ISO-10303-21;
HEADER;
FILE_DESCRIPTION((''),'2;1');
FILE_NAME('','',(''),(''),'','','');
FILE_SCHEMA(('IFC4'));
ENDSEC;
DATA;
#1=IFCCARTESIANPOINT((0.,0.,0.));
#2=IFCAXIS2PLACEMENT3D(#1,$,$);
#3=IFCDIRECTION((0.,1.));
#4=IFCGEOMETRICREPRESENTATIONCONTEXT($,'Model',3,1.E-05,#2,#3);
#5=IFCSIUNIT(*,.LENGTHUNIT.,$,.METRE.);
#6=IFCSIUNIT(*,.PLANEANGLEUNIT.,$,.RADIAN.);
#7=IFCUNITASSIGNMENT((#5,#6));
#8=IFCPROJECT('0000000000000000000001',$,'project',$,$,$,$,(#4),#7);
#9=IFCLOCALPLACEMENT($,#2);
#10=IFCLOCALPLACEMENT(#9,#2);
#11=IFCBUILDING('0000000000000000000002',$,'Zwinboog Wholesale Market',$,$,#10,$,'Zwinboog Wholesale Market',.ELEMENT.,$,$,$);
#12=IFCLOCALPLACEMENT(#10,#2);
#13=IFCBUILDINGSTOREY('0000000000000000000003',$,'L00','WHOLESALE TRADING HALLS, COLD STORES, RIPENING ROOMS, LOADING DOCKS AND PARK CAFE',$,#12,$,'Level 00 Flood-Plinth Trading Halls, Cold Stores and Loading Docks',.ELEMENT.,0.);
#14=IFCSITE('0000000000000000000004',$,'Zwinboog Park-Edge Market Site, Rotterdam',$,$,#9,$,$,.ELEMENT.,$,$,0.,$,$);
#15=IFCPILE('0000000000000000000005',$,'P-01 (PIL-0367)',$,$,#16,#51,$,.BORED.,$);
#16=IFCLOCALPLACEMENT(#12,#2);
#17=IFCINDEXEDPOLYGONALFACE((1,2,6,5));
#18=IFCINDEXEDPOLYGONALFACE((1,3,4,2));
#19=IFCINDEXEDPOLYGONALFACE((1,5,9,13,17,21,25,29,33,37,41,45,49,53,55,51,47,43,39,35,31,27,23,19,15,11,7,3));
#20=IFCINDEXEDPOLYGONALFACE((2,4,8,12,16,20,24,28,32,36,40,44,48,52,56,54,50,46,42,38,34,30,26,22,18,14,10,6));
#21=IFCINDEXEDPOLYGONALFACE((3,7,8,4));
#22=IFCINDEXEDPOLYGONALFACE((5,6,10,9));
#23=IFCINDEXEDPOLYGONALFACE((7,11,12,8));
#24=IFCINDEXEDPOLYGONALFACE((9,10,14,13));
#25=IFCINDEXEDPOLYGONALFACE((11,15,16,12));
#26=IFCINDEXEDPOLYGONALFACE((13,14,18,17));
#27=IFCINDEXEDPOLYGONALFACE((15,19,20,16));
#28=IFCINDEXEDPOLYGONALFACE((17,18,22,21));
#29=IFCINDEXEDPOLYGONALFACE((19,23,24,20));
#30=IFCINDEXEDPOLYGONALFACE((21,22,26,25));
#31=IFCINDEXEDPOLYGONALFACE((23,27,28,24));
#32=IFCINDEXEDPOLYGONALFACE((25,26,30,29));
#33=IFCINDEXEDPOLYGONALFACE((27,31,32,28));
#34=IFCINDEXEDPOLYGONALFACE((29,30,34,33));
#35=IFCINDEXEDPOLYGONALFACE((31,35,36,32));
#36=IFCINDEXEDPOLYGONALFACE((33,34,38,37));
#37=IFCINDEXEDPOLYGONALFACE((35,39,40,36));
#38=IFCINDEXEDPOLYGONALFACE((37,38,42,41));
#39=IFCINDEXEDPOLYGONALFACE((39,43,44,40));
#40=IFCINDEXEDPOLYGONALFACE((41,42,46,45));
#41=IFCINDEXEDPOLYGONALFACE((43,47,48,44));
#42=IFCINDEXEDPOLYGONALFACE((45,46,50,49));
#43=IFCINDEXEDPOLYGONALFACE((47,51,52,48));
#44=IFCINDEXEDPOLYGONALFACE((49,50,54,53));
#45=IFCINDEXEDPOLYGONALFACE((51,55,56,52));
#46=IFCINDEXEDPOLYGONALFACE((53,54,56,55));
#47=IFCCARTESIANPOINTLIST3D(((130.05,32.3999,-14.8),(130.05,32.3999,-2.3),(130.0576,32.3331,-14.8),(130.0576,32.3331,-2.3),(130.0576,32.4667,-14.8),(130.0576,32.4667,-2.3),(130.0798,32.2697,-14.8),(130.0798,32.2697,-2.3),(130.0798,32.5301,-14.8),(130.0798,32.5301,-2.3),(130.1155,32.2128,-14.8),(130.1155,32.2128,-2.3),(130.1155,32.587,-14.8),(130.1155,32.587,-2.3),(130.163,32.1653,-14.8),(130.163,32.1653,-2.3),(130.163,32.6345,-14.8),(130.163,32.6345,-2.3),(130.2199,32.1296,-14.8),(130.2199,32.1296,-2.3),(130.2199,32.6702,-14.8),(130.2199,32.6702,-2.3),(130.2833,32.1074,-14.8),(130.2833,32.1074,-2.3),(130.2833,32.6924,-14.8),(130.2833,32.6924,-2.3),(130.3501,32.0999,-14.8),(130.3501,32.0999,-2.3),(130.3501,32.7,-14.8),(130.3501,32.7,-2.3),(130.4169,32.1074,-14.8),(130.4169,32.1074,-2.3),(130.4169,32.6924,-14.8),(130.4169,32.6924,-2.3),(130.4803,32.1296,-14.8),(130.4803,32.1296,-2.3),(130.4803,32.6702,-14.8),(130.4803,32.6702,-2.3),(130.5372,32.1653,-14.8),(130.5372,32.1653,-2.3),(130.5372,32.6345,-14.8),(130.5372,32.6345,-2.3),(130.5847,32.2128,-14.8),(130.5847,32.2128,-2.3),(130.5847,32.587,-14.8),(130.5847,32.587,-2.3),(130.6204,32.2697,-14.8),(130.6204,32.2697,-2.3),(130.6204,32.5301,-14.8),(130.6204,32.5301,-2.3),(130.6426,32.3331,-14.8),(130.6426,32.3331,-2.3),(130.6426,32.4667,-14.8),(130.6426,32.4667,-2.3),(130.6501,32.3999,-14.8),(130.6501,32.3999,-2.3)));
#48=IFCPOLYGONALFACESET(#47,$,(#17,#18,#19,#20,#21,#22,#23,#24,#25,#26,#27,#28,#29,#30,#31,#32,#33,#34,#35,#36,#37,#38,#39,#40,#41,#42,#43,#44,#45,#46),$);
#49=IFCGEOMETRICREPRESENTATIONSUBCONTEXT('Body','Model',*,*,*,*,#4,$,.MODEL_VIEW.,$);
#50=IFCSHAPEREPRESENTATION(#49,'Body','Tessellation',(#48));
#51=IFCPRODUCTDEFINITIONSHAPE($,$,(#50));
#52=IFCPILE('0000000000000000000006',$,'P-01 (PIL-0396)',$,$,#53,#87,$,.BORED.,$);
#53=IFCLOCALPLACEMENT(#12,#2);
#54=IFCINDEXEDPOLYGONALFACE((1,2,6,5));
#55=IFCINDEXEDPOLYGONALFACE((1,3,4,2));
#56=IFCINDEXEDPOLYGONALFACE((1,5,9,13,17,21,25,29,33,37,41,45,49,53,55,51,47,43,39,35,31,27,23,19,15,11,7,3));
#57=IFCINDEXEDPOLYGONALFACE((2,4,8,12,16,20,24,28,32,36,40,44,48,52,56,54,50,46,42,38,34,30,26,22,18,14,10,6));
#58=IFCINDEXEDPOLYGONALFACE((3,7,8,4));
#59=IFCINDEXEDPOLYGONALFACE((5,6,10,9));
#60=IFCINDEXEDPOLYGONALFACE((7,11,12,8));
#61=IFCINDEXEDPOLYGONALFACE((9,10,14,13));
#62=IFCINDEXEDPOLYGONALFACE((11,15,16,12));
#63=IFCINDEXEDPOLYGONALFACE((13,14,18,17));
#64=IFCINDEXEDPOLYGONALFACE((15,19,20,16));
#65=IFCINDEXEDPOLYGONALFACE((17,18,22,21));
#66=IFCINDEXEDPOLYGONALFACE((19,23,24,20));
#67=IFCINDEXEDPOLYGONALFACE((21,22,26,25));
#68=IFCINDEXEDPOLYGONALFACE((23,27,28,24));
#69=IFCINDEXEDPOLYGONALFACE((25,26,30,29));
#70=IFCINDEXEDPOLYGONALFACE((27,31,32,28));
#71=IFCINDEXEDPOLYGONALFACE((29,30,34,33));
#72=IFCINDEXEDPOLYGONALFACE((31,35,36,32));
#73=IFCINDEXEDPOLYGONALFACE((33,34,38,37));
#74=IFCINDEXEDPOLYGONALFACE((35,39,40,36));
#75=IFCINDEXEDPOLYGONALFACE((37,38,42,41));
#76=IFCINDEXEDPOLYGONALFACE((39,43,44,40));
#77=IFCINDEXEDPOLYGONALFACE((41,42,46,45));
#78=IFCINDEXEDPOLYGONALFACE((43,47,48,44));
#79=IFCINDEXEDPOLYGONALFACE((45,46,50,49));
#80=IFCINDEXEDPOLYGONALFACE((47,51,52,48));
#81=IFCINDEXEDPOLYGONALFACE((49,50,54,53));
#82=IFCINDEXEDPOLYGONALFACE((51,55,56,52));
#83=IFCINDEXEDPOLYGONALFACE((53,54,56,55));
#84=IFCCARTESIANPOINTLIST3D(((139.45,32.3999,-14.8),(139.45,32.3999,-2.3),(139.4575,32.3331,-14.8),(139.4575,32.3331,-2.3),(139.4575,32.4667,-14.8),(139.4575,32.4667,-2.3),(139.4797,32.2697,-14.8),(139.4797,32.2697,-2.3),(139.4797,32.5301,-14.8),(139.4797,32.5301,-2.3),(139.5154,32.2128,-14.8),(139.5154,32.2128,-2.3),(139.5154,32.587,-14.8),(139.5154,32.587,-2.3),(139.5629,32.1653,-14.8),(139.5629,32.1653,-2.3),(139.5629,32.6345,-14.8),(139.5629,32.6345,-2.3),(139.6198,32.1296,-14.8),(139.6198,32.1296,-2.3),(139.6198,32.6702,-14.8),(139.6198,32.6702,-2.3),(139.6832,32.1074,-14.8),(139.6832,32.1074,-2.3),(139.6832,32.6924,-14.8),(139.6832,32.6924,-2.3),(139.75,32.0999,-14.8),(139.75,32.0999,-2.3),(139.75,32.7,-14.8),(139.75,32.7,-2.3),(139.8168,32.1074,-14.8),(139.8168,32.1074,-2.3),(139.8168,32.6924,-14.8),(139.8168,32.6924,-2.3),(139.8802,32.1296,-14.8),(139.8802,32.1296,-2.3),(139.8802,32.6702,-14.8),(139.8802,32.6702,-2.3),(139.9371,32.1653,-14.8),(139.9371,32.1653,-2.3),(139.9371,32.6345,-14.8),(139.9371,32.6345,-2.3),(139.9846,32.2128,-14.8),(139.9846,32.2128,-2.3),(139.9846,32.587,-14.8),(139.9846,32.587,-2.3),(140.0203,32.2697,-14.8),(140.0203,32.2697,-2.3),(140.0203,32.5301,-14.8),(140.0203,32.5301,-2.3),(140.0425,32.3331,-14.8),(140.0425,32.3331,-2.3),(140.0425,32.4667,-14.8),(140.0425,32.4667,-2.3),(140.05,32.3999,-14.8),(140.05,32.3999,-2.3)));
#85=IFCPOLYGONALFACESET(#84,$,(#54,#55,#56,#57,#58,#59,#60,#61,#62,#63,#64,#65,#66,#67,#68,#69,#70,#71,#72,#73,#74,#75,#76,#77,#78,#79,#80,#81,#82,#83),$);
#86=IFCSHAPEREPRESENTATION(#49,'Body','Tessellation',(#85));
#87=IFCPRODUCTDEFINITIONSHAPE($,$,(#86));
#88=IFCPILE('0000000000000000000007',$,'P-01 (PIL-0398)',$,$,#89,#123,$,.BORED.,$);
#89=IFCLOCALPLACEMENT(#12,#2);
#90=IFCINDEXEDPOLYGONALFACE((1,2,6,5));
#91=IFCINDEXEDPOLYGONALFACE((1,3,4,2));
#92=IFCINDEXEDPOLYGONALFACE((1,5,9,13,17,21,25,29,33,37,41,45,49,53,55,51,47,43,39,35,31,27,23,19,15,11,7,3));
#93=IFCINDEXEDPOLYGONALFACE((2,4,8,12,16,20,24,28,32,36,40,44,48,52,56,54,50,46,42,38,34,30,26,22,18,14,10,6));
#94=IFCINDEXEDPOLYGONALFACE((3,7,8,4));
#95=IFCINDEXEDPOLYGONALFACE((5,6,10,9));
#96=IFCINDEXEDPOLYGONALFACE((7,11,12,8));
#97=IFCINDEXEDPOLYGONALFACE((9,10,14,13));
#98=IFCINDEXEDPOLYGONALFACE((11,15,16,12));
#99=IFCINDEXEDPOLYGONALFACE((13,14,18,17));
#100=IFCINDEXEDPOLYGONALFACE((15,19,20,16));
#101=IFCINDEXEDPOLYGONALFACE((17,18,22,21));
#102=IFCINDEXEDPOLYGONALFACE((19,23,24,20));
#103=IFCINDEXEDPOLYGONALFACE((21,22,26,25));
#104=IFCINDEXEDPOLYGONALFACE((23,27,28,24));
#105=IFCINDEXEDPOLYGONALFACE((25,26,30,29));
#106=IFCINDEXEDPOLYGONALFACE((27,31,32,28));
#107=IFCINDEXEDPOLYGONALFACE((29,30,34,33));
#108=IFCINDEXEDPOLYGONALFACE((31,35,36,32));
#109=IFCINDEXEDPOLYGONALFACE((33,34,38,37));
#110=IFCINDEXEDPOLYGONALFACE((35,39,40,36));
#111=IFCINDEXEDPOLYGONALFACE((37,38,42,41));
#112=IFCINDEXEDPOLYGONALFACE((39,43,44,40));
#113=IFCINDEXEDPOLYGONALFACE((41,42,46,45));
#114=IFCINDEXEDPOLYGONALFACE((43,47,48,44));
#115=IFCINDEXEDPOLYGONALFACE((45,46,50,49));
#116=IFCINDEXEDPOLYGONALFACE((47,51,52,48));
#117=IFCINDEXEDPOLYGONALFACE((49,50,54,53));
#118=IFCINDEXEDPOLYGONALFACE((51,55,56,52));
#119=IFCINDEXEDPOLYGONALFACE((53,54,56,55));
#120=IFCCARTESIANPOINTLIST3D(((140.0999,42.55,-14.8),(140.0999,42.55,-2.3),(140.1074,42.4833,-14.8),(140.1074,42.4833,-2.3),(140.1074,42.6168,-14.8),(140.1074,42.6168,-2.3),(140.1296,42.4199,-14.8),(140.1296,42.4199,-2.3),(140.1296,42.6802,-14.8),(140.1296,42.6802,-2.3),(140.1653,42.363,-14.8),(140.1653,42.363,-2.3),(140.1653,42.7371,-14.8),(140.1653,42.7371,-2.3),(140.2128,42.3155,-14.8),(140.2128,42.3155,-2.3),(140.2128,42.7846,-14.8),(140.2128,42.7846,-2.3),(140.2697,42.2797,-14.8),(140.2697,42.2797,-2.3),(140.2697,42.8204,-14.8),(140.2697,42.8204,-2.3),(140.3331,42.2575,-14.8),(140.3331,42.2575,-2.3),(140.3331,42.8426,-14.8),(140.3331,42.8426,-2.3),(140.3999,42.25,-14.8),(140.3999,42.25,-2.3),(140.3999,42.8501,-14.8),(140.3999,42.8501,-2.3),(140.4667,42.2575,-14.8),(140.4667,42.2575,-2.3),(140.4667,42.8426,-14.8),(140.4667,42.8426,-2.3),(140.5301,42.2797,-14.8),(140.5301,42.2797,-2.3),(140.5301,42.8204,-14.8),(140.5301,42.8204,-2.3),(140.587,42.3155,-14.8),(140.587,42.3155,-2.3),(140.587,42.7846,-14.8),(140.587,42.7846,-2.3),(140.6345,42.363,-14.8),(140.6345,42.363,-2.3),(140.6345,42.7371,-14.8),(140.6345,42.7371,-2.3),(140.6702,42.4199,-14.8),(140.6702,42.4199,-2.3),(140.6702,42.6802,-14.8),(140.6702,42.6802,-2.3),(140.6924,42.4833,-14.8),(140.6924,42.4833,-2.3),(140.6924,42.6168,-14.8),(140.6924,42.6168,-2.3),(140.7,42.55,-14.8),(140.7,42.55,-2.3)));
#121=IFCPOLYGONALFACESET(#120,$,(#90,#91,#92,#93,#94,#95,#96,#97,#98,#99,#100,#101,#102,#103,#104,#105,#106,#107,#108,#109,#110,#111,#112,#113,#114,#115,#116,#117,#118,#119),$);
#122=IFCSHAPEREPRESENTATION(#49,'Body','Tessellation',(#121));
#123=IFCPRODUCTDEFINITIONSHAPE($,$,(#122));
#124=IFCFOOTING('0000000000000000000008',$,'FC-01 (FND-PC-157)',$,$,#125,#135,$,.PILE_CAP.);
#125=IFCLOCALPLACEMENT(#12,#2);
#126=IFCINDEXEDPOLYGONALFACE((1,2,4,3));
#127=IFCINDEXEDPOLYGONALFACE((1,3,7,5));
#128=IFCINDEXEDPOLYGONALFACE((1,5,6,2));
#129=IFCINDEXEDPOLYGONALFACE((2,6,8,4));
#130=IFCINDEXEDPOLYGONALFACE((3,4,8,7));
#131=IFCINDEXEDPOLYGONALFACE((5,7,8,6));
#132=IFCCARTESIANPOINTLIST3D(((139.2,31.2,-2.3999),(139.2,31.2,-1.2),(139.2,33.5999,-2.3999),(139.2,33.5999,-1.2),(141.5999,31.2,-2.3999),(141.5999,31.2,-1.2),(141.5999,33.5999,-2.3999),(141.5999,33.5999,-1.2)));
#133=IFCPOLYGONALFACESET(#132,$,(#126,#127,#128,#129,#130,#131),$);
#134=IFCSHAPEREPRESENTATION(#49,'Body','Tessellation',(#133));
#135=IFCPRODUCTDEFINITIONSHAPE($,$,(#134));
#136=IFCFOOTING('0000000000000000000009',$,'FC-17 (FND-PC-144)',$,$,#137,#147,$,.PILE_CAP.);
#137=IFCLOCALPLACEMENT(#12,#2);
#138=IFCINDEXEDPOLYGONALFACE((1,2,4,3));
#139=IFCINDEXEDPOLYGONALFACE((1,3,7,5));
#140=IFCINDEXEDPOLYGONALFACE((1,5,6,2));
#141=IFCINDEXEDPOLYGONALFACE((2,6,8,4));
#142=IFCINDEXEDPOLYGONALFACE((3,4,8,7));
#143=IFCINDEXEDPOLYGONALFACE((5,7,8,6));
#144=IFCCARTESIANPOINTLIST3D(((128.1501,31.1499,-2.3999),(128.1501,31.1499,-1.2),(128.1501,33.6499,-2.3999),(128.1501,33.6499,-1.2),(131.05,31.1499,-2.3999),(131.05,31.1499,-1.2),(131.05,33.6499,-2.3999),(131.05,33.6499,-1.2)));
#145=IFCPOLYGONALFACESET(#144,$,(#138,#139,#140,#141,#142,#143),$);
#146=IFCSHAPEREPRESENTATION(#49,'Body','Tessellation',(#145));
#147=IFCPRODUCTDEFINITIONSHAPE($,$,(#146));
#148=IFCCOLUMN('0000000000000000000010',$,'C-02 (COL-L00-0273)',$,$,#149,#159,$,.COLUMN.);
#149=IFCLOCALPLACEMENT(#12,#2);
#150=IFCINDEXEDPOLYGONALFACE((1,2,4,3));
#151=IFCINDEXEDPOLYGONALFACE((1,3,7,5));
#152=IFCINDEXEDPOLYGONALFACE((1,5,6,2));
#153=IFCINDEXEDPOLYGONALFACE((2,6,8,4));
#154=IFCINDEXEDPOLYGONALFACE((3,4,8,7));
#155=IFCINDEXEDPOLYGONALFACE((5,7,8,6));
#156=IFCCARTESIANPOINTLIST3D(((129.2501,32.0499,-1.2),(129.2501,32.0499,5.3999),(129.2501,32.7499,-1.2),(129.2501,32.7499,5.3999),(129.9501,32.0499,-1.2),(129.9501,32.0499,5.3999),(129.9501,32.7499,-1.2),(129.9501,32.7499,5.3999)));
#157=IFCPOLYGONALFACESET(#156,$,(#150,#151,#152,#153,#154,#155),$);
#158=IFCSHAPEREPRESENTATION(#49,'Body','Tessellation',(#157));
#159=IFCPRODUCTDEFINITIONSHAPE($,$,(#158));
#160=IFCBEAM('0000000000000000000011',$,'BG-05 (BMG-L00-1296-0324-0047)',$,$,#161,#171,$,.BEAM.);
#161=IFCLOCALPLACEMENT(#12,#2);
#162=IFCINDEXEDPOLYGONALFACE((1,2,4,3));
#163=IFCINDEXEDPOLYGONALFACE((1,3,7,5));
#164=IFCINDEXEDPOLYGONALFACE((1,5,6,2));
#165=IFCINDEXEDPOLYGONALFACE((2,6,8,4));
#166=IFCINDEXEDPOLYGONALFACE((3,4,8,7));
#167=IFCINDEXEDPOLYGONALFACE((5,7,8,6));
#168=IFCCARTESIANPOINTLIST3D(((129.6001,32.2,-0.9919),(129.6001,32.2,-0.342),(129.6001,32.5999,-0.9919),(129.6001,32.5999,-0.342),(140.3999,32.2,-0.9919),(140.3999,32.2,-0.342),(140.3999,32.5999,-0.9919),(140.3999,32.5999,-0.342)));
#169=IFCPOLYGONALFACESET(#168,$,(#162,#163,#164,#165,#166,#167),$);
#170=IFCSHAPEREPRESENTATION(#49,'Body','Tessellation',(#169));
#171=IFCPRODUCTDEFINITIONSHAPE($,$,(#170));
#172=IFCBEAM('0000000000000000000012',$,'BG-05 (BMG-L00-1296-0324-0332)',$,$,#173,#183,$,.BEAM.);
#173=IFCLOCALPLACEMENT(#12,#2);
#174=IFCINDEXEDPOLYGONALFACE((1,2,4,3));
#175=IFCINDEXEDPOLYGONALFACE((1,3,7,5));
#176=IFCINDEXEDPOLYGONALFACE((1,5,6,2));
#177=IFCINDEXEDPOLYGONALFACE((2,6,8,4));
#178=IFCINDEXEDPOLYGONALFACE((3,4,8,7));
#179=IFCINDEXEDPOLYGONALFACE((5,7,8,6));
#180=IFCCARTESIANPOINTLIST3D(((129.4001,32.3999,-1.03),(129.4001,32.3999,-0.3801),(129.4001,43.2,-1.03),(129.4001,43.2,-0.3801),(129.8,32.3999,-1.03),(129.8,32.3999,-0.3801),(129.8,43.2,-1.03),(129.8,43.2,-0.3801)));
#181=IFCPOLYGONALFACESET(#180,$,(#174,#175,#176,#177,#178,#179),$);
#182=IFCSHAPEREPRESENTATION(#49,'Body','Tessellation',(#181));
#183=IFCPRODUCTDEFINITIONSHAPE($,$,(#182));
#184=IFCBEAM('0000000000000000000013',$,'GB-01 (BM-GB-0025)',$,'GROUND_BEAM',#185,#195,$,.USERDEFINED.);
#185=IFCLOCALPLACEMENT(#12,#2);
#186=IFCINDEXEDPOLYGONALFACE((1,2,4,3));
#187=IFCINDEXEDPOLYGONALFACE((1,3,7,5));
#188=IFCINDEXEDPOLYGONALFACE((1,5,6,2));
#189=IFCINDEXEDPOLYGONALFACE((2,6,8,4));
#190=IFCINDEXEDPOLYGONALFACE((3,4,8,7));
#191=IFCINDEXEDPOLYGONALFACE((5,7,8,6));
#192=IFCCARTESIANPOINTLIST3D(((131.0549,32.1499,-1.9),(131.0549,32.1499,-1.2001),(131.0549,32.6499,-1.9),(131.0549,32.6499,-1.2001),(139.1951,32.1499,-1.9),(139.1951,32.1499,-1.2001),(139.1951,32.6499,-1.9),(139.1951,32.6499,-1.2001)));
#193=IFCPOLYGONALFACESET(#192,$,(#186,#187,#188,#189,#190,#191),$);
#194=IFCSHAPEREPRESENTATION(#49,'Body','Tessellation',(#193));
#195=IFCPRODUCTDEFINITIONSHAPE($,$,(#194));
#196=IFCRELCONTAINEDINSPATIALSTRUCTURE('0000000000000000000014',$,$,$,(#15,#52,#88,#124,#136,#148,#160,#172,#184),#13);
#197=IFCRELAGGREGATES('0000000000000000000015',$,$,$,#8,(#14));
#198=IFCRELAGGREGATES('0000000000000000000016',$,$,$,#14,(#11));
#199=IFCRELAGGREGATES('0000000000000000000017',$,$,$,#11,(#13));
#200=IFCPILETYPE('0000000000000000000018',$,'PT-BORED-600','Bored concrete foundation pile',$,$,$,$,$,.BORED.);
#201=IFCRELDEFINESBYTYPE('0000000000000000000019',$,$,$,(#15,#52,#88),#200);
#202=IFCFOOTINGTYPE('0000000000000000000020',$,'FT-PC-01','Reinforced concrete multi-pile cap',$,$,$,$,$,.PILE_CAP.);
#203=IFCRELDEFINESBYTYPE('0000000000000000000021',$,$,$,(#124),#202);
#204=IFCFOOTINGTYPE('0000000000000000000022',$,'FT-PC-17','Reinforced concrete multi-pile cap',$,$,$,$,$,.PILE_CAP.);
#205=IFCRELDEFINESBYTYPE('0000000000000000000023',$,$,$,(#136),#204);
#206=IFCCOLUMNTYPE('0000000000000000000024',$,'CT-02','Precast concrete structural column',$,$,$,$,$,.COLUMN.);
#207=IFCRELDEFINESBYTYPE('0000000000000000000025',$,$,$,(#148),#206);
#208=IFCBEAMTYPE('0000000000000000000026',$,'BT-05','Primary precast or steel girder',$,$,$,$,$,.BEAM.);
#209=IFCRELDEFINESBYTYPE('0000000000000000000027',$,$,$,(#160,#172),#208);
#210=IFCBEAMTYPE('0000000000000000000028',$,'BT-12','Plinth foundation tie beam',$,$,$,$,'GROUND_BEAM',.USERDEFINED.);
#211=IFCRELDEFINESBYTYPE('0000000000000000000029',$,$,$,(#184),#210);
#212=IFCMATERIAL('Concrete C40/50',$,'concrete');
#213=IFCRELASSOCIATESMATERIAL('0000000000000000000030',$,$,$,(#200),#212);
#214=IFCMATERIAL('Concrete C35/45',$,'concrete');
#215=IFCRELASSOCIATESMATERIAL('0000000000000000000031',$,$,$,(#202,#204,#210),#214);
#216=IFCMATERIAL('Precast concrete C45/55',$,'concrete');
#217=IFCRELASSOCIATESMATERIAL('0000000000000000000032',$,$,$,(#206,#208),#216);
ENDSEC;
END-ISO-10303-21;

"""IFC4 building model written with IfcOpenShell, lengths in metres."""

from ifc_helpers import new_model, si_unit, direction, frame, origin, origin_2d, place, context, subcontext, project, spatial, rectangle, circle, extrude, material, material_profile, profile_set, type_object, element, save


model = new_model("IFC4")

# Units and contexts
model_context = context("Model", 3, precision=1e-05, world=origin(), true_north=direction((0.0, 1.0)))
body_context = subcontext(model_context, "Body", "Model", "MODEL_VIEW")
ifc_project = project(units=[si_unit("LENGTHUNIT", "METRE"), si_unit("PLANEANGLEUNIT", "RADIAN")], contexts=[model_context])

# Site, building, storey
site_placement = place(None, origin())
site = spatial("IfcSite", under=ifc_project, at=site_placement, Name="Zwinboog Park-Edge Market Site, Rotterdam", CompositionType="ELEMENT", RefElevation=0.0)
building_placement = place(site_placement, origin())
building = spatial("IfcBuilding", under=site, at=building_placement, Name="Zwinboog Wholesale Market", LongName="Zwinboog Wholesale Market", CompositionType="ELEMENT")
storey_placement = place(building_placement, origin())
storey = spatial("IfcBuildingStorey", under=building, at=storey_placement, Name="L00", Description="WHOLESALE TRADING HALLS, COLD STORES, RIPENING ROOMS, LOADING DOCKS AND PARK CAFE", LongName="Level 00 Flood-Plinth Trading Halls, Cold Stores and Loading Docks", CompositionType="ELEMENT", Elevation=0.0)

# Piles
ifc_material_1 = material(Name="Concrete C40/50", Category="concrete")
ifc_material_profile_1 = material_profile(ifc_material_1, circle(Radius=0.3, at=origin_2d()), Name="PILE D600")
ifc_profile_set_1 = profile_set([ifc_material_profile_1], Name="Concrete C40/50")
pile_type = type_object("IfcPileType", Name="PT-BORED-600", Description="Bored concrete foundation pile", PredefinedType="BORED", material=ifc_profile_set_1)
for number, where, z_axis, x_axis, name in (
    (1, (130.3501, 32.3999, -2.3), (0.0, 0.0, -1.0), (1.0, 0.0, 0.0), "P-01 (PIL-0367)"),
    (2, (139.75, 32.3999, -2.3), (0.0, 0.0, -1.0), (1.0, 0.0, 0.0), "P-01 (PIL-0396)"),
    (3, (140.3999, 42.55, -2.3), (0.0, 0.0, -1.0), (1.0, 0.0, 0.0), "P-01 (PIL-0398)"),
):
    element("IfcPile", number, at=place(storey_placement, frame(where, z_axis=z_axis, x_axis=x_axis)), inside=storey, type_object=pile_type, Name=name, PredefinedType="BORED", context=body_context, shape_type="SweptSolid", body=[
        extrude(circle(Radius=0.3, at=origin_2d()), origin(), (0.0, 0.0, 1.0), 12.5),
    ])

# Footings
ifc_material_2 = material(Name="Concrete C35/45", Category="concrete")
footing_type_1 = type_object("IfcFootingType", Name="FT-PC-01", Description="Reinforced concrete multi-pile cap", PredefinedType="PILE_CAP", material=ifc_material_2)
footing_1_placement = place(storey_placement, frame((140.3999, 32.3999, -2.3999), z_axis=(0.0, 0.0, 1.0), x_axis=(1.0, 0.0, 0.0)))
element("IfcFooting", 4, at=footing_1_placement, inside=storey, type_object=footing_type_1, Name="FC-01 (FND-PC-157)", PredefinedType="PILE_CAP", context=body_context, shape_type="SweptSolid", body=[
    extrude(rectangle(XDim=2.3999, YDim=2.3999, at=origin_2d()), origin(), (0.0, 0.0, 1.0), 1.2),
])
footing_type_2 = type_object("IfcFootingType", Name="FT-PC-17", Description="Reinforced concrete multi-pile cap", PredefinedType="PILE_CAP", material=ifc_material_2)
footing_2_placement = place(storey_placement, frame((129.6001, 32.3999, -2.3999), z_axis=(0.0, 0.0, 1.0), x_axis=(1.0, 0.0, 0.0)))
element("IfcFooting", 5, at=footing_2_placement, inside=storey, type_object=footing_type_2, Name="FC-17 (FND-PC-144)", PredefinedType="PILE_CAP", context=body_context, shape_type="SweptSolid", body=[
    extrude(rectangle(XDim=2.8999, YDim=2.5, at=origin_2d()), origin(), (0.0, 0.0, 1.0), 1.2),
])

# Column
ifc_material_3 = material(Name="Precast concrete C45/55", Category="concrete")
ifc_material_profile_2 = material_profile(ifc_material_3, rectangle(XDim=0.7, YDim=0.7, at=origin_2d()), Name="PC 700x700")
ifc_profile_set_2 = profile_set([ifc_material_profile_2], Name="Precast concrete C45/55")
column_type = type_object("IfcColumnType", Name="CT-02", Description="Precast concrete structural column", PredefinedType="COLUMN", material=ifc_profile_set_2)
column_placement = place(storey_placement, frame((129.6001, 32.3999, -1.2), z_axis=(0.0, 0.0, 1.0), x_axis=(1.0, 0.0, 0.0)))
element("IfcColumn", 6, at=column_placement, inside=storey, type_object=column_type, Name="C-02 (COL-L00-0273)", PredefinedType="COLUMN", context=body_context, shape_type="SweptSolid", body=[
    extrude(rectangle(XDim=0.7, YDim=0.7, at=origin_2d()), origin(), (0.0, 0.0, 1.0), 6.5999),
])

# Beams
ifc_material_profile_3 = material_profile(ifc_material_3, rectangle(XDim=0.3999, YDim=0.6499, at=origin_2d()), Name="PC 400x650")
ifc_profile_set_3 = profile_set([ifc_material_profile_3], Name="Precast concrete C45/55")
beam_type_1 = type_object("IfcBeamType", Name="BT-05", Description="Primary precast or steel girder", PredefinedType="BEAM", material=ifc_profile_set_3)
beam_1_placement = place(storey_placement, frame((129.6001, 32.3999, -0.667), z_axis=(1.0, 0.0, 0.0), x_axis=(0.0, 1.0, 0.0)))
element("IfcBeam", 7, at=beam_1_placement, inside=storey, type_object=beam_type_1, Name="BG-05 (BMG-L00-1296-0324-0047)", PredefinedType="BEAM", context=body_context, shape_type="SweptSolid", body=[
    extrude(rectangle(XDim=0.3999, YDim=0.6499, at=origin_2d()), origin(), (0.0, 0.0, 1.0), 10.7998),
])
beam_2_placement = place(storey_placement, frame((129.6001, 32.3999, -0.7051), z_axis=(0.0, 1.0, 0.0), x_axis=(-1.0, 0.0, 0.0)))
element("IfcBeam", 8, at=beam_2_placement, inside=storey, type_object=beam_type_1, Name="BG-05 (BMG-L00-1296-0324-0332)", PredefinedType="BEAM", context=body_context, shape_type="SweptSolid", body=[
    extrude(rectangle(XDim=0.3999, YDim=0.6499, at=origin_2d()), origin(), (0.0, 0.0, 1.0), 10.8),
])
ifc_material_profile_4 = material_profile(ifc_material_2, rectangle(XDim=0.5, YDim=0.7, at=origin_2d()), Name="RC 500x700")
ifc_profile_set_4 = profile_set([ifc_material_profile_4], Name="Concrete C35/45")
beam_type_2 = type_object("IfcBeamType", Name="BT-12", Description="Plinth foundation tie beam", ElementType="GROUND_BEAM", PredefinedType="USERDEFINED", material=ifc_profile_set_4)
beam_3_placement = place(storey_placement, frame((131.0549, 32.3999, -1.55), z_axis=(1.0, 0.0, 0.0), x_axis=(0.0, 1.0, 0.0)))
element("IfcBeam", 9, at=beam_3_placement, inside=storey, type_object=beam_type_2, Name="GB-01 (BM-GB-0025)", ObjectType="GROUND_BEAM", PredefinedType="USERDEFINED", context=body_context, shape_type="SweptSolid", body=[
    extrude(rectangle(XDim=0.5, YDim=0.7, at=origin_2d()), origin(), (0.0, 0.0, 1.0), 8.1401),
])

save(model, "model.ifc")
